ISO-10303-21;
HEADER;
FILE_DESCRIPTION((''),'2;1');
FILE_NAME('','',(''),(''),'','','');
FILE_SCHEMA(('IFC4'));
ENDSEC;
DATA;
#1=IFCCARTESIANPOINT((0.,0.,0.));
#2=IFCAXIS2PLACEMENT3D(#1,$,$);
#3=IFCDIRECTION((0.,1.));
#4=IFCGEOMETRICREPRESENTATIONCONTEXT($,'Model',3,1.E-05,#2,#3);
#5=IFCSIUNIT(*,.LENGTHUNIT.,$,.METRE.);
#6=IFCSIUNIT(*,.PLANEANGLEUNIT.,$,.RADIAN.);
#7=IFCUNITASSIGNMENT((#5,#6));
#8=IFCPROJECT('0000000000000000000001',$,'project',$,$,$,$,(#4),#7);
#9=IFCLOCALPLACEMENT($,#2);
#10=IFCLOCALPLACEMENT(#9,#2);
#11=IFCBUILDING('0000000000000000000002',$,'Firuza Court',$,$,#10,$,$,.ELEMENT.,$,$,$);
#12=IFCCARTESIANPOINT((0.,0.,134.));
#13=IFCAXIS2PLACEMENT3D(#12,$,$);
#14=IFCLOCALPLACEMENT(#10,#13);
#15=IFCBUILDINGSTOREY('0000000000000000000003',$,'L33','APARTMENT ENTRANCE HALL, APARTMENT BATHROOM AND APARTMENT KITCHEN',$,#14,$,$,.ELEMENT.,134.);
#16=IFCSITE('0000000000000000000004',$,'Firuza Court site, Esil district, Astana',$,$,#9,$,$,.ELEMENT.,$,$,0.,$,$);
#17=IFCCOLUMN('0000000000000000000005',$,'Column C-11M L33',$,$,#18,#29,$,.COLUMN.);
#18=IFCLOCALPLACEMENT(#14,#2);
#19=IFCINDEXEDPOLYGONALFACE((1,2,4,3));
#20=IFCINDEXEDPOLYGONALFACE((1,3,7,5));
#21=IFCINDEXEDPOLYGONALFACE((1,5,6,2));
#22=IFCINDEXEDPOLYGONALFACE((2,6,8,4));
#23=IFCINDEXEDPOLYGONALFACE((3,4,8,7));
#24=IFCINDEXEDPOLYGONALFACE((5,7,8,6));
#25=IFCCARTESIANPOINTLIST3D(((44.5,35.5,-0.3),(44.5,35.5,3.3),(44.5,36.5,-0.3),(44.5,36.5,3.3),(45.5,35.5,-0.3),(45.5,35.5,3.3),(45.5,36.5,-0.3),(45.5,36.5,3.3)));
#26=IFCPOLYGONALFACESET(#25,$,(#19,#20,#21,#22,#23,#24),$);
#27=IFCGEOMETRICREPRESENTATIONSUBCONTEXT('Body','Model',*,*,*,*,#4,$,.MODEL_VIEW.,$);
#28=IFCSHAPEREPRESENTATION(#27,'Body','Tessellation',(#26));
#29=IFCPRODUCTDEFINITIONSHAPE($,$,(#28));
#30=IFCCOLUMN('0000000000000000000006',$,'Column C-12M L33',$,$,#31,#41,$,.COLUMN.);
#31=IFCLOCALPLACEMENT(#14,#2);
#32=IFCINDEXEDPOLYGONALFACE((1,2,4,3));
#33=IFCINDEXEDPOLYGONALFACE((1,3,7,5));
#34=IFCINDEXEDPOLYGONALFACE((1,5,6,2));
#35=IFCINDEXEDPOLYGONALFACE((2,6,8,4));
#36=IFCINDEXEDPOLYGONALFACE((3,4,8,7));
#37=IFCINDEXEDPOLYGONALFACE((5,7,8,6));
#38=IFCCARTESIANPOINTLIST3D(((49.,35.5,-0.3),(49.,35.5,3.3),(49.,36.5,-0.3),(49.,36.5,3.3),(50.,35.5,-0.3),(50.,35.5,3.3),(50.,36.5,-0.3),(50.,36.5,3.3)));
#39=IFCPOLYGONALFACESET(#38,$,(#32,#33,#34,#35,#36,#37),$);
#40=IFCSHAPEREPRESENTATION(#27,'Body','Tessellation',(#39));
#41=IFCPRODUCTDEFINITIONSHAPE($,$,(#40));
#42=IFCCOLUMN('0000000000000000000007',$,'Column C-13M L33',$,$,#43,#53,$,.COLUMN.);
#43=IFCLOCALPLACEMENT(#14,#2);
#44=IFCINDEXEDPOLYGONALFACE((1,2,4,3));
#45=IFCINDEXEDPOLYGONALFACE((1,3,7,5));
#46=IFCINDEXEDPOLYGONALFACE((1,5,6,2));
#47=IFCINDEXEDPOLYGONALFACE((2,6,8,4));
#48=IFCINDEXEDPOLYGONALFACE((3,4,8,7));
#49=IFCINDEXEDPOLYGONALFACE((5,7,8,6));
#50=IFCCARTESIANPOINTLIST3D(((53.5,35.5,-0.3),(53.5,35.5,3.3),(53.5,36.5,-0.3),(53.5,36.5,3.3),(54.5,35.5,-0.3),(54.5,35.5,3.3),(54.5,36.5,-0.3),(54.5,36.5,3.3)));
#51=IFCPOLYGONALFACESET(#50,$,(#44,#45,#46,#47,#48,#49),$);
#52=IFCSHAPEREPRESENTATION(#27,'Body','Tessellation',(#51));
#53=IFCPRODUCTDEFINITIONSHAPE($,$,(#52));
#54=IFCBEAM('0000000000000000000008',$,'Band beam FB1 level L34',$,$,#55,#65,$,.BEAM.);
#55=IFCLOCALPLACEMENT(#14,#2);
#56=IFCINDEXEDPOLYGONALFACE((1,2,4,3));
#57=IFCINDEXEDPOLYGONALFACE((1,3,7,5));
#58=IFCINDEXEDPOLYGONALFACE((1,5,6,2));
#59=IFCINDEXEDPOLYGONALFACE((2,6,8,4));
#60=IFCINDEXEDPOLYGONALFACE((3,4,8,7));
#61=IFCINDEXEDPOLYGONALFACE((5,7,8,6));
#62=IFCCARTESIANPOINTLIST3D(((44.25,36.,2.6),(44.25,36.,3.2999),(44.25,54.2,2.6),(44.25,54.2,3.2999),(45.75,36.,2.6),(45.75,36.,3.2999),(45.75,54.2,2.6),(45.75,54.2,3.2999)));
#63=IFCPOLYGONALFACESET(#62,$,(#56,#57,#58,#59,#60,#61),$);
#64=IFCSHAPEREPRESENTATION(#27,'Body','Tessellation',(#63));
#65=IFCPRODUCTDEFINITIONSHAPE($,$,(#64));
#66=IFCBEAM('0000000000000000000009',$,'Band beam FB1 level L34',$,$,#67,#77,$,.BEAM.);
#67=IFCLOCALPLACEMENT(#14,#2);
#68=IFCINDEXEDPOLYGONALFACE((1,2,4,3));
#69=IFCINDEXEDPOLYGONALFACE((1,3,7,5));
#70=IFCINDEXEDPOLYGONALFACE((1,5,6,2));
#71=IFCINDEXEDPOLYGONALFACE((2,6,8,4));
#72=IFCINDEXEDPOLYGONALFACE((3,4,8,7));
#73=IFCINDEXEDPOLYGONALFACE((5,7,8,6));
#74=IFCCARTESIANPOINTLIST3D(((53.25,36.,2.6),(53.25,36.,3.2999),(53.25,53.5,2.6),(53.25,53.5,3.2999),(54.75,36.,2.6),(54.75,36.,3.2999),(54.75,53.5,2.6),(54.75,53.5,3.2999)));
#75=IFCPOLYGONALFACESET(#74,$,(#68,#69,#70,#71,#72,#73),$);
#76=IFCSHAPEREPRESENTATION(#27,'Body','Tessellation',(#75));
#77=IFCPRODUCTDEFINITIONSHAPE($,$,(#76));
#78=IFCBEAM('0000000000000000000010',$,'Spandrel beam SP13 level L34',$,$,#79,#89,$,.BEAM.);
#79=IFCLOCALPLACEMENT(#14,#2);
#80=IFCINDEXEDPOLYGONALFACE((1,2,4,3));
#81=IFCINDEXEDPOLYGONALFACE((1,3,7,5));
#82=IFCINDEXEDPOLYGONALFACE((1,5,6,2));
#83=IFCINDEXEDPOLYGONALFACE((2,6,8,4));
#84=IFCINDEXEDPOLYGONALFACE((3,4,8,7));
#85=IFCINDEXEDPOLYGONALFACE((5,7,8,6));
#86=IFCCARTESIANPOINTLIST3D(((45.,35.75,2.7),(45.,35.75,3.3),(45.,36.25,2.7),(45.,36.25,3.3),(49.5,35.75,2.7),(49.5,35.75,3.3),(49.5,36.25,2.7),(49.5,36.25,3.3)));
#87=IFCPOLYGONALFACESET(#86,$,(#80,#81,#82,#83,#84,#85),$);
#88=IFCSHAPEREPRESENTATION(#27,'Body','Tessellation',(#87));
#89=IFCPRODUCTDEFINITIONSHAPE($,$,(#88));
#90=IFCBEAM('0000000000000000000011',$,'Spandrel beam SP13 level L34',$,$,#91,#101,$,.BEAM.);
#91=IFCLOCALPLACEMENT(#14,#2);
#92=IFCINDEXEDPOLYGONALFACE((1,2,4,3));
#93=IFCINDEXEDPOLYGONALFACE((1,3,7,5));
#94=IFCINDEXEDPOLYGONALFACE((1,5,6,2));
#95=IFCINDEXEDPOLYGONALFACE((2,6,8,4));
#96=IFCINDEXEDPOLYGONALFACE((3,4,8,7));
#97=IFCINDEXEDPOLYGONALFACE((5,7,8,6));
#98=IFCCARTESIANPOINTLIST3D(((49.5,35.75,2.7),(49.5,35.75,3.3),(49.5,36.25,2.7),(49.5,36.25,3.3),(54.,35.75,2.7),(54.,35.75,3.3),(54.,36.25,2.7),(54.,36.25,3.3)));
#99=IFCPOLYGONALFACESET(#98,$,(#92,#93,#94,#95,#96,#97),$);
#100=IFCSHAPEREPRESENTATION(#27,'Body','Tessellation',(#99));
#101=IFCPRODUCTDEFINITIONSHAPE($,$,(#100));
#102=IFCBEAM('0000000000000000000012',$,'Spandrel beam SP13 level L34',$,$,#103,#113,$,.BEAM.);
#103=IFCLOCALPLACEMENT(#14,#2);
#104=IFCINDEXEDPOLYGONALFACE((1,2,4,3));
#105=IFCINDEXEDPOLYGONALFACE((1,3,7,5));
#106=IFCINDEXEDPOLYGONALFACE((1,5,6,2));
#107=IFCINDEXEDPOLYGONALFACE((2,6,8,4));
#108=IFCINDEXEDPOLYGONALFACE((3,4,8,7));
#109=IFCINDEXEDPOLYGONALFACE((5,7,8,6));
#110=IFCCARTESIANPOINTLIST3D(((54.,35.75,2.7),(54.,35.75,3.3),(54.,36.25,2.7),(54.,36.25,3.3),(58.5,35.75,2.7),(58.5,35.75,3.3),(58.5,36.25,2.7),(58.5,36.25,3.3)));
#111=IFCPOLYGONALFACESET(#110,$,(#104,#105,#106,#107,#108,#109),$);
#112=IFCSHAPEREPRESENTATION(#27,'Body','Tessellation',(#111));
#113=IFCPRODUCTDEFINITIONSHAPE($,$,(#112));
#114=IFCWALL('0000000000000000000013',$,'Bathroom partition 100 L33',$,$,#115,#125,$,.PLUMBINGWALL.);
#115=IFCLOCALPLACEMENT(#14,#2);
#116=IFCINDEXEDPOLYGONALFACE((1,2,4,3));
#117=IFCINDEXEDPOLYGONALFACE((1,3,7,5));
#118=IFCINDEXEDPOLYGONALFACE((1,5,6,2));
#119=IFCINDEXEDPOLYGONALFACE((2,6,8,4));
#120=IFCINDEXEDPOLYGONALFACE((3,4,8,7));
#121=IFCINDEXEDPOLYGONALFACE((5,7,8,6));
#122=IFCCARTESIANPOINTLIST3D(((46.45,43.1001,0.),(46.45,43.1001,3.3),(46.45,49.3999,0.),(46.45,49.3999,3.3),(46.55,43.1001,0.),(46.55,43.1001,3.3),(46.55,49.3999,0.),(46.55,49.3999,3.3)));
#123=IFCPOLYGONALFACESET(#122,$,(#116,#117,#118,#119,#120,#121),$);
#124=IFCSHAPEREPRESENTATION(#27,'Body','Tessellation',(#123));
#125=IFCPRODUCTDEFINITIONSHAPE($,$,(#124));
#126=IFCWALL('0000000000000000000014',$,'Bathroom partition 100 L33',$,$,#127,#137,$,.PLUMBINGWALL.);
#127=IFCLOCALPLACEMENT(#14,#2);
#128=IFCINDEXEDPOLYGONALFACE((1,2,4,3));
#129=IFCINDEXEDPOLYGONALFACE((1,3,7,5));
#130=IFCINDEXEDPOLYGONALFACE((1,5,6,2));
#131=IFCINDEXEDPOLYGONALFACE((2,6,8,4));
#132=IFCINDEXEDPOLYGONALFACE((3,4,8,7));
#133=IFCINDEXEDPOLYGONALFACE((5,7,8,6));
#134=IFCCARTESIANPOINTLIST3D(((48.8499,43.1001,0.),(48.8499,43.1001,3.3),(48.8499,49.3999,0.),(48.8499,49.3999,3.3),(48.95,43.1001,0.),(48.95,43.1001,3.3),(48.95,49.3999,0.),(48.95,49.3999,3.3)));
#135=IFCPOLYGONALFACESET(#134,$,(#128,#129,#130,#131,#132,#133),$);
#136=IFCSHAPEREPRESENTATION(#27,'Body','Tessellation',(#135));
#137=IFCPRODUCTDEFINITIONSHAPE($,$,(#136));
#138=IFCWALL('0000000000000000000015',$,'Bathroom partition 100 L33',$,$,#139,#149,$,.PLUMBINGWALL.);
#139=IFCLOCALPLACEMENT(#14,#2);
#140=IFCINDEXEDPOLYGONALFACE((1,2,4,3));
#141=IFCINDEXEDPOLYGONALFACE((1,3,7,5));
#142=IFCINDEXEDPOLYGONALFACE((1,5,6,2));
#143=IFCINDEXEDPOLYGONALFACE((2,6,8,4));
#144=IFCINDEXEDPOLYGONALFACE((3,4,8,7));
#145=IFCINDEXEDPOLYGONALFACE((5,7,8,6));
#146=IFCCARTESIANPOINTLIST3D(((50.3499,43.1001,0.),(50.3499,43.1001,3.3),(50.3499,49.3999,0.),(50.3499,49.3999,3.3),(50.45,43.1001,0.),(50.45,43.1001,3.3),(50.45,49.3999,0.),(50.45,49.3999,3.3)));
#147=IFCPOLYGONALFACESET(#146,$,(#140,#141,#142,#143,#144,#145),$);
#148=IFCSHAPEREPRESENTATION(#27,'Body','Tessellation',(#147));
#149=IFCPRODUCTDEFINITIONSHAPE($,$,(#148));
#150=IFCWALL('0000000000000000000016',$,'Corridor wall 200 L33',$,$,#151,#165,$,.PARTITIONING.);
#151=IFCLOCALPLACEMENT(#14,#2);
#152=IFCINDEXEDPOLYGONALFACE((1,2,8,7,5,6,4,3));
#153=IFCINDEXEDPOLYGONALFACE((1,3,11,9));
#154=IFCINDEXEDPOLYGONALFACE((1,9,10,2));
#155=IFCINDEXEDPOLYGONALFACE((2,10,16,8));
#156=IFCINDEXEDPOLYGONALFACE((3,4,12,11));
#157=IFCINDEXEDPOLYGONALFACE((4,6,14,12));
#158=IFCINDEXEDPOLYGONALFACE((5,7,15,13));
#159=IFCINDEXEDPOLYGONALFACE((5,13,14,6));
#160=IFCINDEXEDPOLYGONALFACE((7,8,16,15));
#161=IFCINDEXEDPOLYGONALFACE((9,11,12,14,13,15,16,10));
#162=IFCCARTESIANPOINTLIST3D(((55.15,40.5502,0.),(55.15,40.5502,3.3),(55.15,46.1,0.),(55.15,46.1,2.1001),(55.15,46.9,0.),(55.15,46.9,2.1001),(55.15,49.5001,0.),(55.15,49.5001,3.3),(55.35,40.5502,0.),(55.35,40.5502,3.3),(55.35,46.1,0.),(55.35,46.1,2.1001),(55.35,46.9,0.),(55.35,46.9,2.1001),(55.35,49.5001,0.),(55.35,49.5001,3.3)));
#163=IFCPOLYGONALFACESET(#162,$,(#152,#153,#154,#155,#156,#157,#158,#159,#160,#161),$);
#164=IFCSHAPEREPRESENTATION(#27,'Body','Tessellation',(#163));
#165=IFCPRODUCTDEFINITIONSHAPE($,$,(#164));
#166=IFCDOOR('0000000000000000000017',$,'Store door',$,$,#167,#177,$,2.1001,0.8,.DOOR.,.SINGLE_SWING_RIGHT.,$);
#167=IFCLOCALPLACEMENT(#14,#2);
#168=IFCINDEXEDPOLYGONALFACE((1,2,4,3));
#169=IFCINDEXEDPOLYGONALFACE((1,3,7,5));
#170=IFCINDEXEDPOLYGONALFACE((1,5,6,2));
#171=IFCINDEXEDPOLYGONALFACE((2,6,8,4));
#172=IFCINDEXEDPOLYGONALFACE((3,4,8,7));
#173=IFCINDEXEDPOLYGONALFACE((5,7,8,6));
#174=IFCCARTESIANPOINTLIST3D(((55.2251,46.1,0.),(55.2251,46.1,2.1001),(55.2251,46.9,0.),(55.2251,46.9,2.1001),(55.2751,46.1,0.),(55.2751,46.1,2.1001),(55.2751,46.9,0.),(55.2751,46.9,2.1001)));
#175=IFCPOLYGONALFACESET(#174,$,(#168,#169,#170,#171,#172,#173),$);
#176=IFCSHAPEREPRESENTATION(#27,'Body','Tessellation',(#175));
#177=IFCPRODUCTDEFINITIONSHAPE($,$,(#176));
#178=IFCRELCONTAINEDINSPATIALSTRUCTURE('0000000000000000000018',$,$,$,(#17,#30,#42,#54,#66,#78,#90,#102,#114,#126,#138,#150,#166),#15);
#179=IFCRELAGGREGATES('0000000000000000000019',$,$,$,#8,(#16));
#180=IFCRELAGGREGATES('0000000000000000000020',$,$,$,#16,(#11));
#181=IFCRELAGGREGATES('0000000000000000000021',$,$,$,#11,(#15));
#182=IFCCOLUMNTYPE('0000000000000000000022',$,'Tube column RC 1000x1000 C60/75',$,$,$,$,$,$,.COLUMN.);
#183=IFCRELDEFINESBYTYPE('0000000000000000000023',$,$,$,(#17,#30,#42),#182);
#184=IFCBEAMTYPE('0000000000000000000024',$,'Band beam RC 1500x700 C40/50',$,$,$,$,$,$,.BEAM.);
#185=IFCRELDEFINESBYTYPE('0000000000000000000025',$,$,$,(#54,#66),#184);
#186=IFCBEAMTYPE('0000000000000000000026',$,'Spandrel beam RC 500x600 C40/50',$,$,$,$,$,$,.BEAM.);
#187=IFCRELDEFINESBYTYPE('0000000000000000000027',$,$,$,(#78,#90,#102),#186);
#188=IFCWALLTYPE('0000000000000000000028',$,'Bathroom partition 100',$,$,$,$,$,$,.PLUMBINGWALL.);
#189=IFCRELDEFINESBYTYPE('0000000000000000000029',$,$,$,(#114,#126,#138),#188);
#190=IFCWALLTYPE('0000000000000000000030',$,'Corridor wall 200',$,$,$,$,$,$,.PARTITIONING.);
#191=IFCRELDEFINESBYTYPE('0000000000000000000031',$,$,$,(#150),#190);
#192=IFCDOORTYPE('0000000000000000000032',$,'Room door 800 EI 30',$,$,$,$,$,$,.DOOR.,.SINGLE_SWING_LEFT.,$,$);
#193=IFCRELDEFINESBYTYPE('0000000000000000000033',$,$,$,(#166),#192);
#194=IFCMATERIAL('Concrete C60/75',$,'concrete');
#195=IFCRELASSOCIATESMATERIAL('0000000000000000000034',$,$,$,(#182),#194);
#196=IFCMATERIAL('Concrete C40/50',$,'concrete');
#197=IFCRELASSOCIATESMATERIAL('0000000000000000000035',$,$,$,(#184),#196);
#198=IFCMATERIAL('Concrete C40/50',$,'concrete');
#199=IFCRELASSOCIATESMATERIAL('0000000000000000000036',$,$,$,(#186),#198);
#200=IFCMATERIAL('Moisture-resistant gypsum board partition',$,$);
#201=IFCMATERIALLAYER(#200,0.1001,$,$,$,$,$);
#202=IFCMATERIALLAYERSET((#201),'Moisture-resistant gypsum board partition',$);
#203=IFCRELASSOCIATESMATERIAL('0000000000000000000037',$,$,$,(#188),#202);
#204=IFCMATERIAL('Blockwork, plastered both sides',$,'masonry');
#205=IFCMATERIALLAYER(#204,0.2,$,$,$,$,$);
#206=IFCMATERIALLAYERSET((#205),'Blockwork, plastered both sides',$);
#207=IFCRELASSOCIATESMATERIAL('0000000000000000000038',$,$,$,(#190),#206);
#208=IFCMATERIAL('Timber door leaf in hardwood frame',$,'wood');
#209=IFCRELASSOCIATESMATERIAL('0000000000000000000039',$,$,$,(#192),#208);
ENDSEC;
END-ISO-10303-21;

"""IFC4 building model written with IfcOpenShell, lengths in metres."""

from ifc_helpers import new_model, si_unit, direction, frame, frame_2d, origin, origin_2d, place, context, subcontext, project, spatial, rectangle, extrude, material, layer, layer_set, material_profile, profile_set, type_object, element, fill, save


model = new_model("IFC4")

# Units and contexts
model_context = context("Model", 3, precision=1e-05, world=origin(), true_north=direction((0.0, 1.0)))
body_context = subcontext(model_context, "Body", "Model", "MODEL_VIEW")
ifc_project = project(units=[si_unit("LENGTHUNIT", "METRE"), si_unit("PLANEANGLEUNIT", "RADIAN")], contexts=[model_context])

# Site, building, storey
site_placement = place(None, origin())
site = spatial("IfcSite", under=ifc_project, at=site_placement, Name="Firuza Court site, Esil district, Astana", CompositionType="ELEMENT", RefElevation=0.0)
building_placement = place(site_placement, origin())
building = spatial("IfcBuilding", under=site, at=building_placement, Name="Firuza Court", CompositionType="ELEMENT")
storey_placement = place(building_placement, frame((0.0, 0.0, 134.0)))
storey = spatial("IfcBuildingStorey", under=building, at=storey_placement, Name="L33", Description="APARTMENT ENTRANCE HALL, APARTMENT BATHROOM AND APARTMENT KITCHEN", CompositionType="ELEMENT", Elevation=134.0)

# Columns
ifc_material_1 = material(Name="Concrete C60/75", Category="concrete")
ifc_material_profile_1 = material_profile(ifc_material_1, rectangle(XDim=1.0, YDim=1.0, at=origin_2d()), Name="RC 1000x1000")
ifc_profile_set_1 = profile_set([ifc_material_profile_1], Name="Concrete C60/75")
column_type = type_object("IfcColumnType", Name="Tube column RC 1000x1000 C60/75", PredefinedType="COLUMN", material=ifc_profile_set_1)
for number, where, z_axis, x_axis, name in (
    (1, (45.0, 36.0, -0.3), (0.0, 0.0, 1.0), (1.0, 0.0, 0.0), "Column C-11M L33"),
    (2, (49.5, 36.0, -0.3), (0.0, 0.0, 1.0), (1.0, 0.0, 0.0), "Column C-12M L33"),
    (3, (54.0, 36.0, -0.3), (0.0, 0.0, 1.0), (1.0, 0.0, 0.0), "Column C-13M L33"),
):
    element("IfcColumn", number, at=place(storey_placement, frame(where, z_axis=z_axis, x_axis=x_axis)), inside=storey, type_object=column_type, Name=name, PredefinedType="COLUMN", context=body_context, shape_type="SweptSolid", body=[
        extrude(rectangle(XDim=1.0, YDim=1.0, at=origin_2d()), origin(), (0.0, 0.0, 1.0), 3.6001),
    ])

# Beams
ifc_material_2 = material(Name="Concrete C40/50", Category="concrete")
ifc_material_profile_2 = material_profile(ifc_material_2, rectangle(XDim=1.5, YDim=0.7, at=origin_2d()), Name="RC 1500x700")
ifc_profile_set_2 = profile_set([ifc_material_profile_2], Name="Concrete C40/50")
beam_type_1 = type_object("IfcBeamType", Name="Band beam RC 1500x700 C40/50", PredefinedType="BEAM", material=ifc_profile_set_2)
beam_1_placement = place(storey_placement, frame((45.0, 36.0, 2.95), z_axis=(0.0, 1.0, 0.0), x_axis=(-1.0, 0.0, 0.0)))
element("IfcBeam", 4, at=beam_1_placement, inside=storey, type_object=beam_type_1, Name="Band beam FB1 level L34", PredefinedType="BEAM", context=body_context, shape_type="SweptSolid", body=[
    extrude(rectangle(XDim=1.5, YDim=0.7, at=origin_2d()), origin(), (0.0, 0.0, 1.0), 18.2),
])
beam_2_placement = place(storey_placement, frame((54.0, 36.0, 2.95), z_axis=(0.0, 1.0, 0.0), x_axis=(-1.0, 0.0, 0.0)))
element("IfcBeam", 5, at=beam_2_placement, inside=storey, type_object=beam_type_1, Name="Band beam FB1 level L34", PredefinedType="BEAM", context=body_context, shape_type="SweptSolid", body=[
    extrude(rectangle(XDim=1.5, YDim=0.7, at=origin_2d()), origin(), (0.0, 0.0, 1.0), 17.5),
])
ifc_material_3 = material(Name="Concrete C40/50", Category="concrete")
ifc_material_profile_3 = material_profile(ifc_material_3, rectangle(XDim=0.5, YDim=0.6001, at=origin_2d()), Name="RC 500x600")
ifc_profile_set_3 = profile_set([ifc_material_profile_3], Name="Concrete C40/50")
beam_type_2 = type_object("IfcBeamType", Name="Spandrel beam RC 500x600 C40/50", PredefinedType="BEAM", material=ifc_profile_set_3)
for number, where, z_axis, x_axis, name in (
    (6, (45.0, 36.0, 3.0), (1.0, 0.0, 0.0), (0.0, 1.0, 0.0), "Spandrel beam SP13 level L34"),
    (7, (49.5, 36.0, 3.0), (1.0, 0.0, 0.0), (0.0, 1.0, 0.0), "Spandrel beam SP13 level L34"),
    (8, (54.0, 36.0, 3.0), (1.0, 0.0, 0.0), (0.0, 1.0, 0.0), "Spandrel beam SP13 level L34"),
):
    element("IfcBeam", number, at=place(storey_placement, frame(where, z_axis=z_axis, x_axis=x_axis)), inside=storey, type_object=beam_type_2, Name=name, PredefinedType="BEAM", context=body_context, shape_type="SweptSolid", body=[
        extrude(rectangle(XDim=0.5, YDim=0.6001, at=origin_2d()), origin(), (0.0, 0.0, 1.0), 4.5),
    ])

# Walls
ifc_material_4 = material(Name="Moisture-resistant gypsum board partition")
ifc_layer_1 = layer(ifc_material_4, 0.1001)
ifc_layer_set_1 = layer_set([ifc_layer_1], Name="Moisture-resistant gypsum board partition")
wall_type_1 = type_object("IfcWallType", Name="Bathroom partition 100", PredefinedType="PLUMBINGWALL", material=ifc_layer_set_1)
for number, where, z_axis, x_axis, name in (
    (9, (46.5, 43.1001, 0.0), (0.0, 0.0, 1.0), (0.0, 1.0, 0.0), "Bathroom partition 100 L33"),
    (10, (48.8999, 43.1001, 0.0), (0.0, 0.0, 1.0), (0.0, 1.0, 0.0), "Bathroom partition 100 L33"),
    (11, (50.3999, 43.1001, 0.0), (0.0, 0.0, 1.0), (0.0, 1.0, 0.0), "Bathroom partition 100 L33"),
):
    element("IfcWall", number, at=place(storey_placement, frame(where, z_axis=z_axis, x_axis=x_axis)), inside=storey, type_object=wall_type_1, Name=name, PredefinedType="PLUMBINGWALL", context=body_context, shape_type="SweptSolid", body=[
        extrude(rectangle(XDim=6.2998, YDim=0.1001, at=frame_2d((3.1499, 0.0))), origin(), (0.0, 0.0, 1.0), 3.3),
    ])

# Wall, opening, door
ifc_material_5 = material(Name="Blockwork, plastered both sides", Category="masonry")
ifc_layer_2 = layer(ifc_material_5, 0.2)
ifc_layer_set_2 = layer_set([ifc_layer_2], Name="Blockwork, plastered both sides")
wall_type_2 = type_object("IfcWallType", Name="Corridor wall 200", PredefinedType="PARTITIONING", material=ifc_layer_set_2)
wall_1_placement = place(storey_placement, frame((55.25, 40.55, 0.0), z_axis=(0.0, 0.0, 1.0), x_axis=(0.0, 1.0, 0.0)))
wall_1 = element("IfcWall", 12, at=wall_1_placement, inside=storey, type_object=wall_type_2, Name="Corridor wall 200 L33", PredefinedType="PARTITIONING", context=body_context, shape_type="SweptSolid", body=[
    extrude(rectangle(XDim=8.95, YDim=0.2, at=frame_2d((4.4751, 0.0))), origin(), (0.0, 0.0, 1.0), 3.3),
])
opening_1_placement = place(wall_1_placement, frame((5.55, 0.0, 0.0)))
opening_1 = element("IfcOpeningElement", 13, at=opening_1_placement, cuts=wall_1, PredefinedType="OPENING", context=body_context, shape_type="SweptSolid", body=[
    extrude(rectangle(XDim=0.8, YDim=2.1001, at=frame_2d((0.3999, 1.05))), frame((0.0, 0.1118, 0.0), z_axis=(0.0, -1.0, 0.0), x_axis=(1.0, 0.0, 0.0)), (0.0, 0.0, 1.0), 0.2239),
])
ifc_material_6 = material(Name="Timber door leaf in hardwood frame", Category="wood")
door_type_1 = type_object("IfcDoorType", Name="Room door 800 EI 30", OperationType="SINGLE_SWING_LEFT", PredefinedType="DOOR", material=ifc_material_6)
door_1_placement = place(opening_1_placement, origin())
door_1 = element("IfcDoor", 14, at=door_1_placement, inside=storey, type_object=door_type_1, Name="Store door", OperationType="SINGLE_SWING_RIGHT", OverallHeight=2.1001, OverallWidth=0.8, PredefinedType="DOOR", context=body_context, shape_type="SweptSolid", body=[
    extrude(rectangle(XDim=0.8, YDim=2.1001, at=frame_2d((0.3999, 1.05))), frame((0.0, 0.0249, 0.0), z_axis=(0.0, -1.0, 0.0), x_axis=(1.0, 0.0, 0.0)), (0.0, 0.0, 1.0), 0.05),
])
fill(opening_1, door_1)

save(model, "model.ifc")
